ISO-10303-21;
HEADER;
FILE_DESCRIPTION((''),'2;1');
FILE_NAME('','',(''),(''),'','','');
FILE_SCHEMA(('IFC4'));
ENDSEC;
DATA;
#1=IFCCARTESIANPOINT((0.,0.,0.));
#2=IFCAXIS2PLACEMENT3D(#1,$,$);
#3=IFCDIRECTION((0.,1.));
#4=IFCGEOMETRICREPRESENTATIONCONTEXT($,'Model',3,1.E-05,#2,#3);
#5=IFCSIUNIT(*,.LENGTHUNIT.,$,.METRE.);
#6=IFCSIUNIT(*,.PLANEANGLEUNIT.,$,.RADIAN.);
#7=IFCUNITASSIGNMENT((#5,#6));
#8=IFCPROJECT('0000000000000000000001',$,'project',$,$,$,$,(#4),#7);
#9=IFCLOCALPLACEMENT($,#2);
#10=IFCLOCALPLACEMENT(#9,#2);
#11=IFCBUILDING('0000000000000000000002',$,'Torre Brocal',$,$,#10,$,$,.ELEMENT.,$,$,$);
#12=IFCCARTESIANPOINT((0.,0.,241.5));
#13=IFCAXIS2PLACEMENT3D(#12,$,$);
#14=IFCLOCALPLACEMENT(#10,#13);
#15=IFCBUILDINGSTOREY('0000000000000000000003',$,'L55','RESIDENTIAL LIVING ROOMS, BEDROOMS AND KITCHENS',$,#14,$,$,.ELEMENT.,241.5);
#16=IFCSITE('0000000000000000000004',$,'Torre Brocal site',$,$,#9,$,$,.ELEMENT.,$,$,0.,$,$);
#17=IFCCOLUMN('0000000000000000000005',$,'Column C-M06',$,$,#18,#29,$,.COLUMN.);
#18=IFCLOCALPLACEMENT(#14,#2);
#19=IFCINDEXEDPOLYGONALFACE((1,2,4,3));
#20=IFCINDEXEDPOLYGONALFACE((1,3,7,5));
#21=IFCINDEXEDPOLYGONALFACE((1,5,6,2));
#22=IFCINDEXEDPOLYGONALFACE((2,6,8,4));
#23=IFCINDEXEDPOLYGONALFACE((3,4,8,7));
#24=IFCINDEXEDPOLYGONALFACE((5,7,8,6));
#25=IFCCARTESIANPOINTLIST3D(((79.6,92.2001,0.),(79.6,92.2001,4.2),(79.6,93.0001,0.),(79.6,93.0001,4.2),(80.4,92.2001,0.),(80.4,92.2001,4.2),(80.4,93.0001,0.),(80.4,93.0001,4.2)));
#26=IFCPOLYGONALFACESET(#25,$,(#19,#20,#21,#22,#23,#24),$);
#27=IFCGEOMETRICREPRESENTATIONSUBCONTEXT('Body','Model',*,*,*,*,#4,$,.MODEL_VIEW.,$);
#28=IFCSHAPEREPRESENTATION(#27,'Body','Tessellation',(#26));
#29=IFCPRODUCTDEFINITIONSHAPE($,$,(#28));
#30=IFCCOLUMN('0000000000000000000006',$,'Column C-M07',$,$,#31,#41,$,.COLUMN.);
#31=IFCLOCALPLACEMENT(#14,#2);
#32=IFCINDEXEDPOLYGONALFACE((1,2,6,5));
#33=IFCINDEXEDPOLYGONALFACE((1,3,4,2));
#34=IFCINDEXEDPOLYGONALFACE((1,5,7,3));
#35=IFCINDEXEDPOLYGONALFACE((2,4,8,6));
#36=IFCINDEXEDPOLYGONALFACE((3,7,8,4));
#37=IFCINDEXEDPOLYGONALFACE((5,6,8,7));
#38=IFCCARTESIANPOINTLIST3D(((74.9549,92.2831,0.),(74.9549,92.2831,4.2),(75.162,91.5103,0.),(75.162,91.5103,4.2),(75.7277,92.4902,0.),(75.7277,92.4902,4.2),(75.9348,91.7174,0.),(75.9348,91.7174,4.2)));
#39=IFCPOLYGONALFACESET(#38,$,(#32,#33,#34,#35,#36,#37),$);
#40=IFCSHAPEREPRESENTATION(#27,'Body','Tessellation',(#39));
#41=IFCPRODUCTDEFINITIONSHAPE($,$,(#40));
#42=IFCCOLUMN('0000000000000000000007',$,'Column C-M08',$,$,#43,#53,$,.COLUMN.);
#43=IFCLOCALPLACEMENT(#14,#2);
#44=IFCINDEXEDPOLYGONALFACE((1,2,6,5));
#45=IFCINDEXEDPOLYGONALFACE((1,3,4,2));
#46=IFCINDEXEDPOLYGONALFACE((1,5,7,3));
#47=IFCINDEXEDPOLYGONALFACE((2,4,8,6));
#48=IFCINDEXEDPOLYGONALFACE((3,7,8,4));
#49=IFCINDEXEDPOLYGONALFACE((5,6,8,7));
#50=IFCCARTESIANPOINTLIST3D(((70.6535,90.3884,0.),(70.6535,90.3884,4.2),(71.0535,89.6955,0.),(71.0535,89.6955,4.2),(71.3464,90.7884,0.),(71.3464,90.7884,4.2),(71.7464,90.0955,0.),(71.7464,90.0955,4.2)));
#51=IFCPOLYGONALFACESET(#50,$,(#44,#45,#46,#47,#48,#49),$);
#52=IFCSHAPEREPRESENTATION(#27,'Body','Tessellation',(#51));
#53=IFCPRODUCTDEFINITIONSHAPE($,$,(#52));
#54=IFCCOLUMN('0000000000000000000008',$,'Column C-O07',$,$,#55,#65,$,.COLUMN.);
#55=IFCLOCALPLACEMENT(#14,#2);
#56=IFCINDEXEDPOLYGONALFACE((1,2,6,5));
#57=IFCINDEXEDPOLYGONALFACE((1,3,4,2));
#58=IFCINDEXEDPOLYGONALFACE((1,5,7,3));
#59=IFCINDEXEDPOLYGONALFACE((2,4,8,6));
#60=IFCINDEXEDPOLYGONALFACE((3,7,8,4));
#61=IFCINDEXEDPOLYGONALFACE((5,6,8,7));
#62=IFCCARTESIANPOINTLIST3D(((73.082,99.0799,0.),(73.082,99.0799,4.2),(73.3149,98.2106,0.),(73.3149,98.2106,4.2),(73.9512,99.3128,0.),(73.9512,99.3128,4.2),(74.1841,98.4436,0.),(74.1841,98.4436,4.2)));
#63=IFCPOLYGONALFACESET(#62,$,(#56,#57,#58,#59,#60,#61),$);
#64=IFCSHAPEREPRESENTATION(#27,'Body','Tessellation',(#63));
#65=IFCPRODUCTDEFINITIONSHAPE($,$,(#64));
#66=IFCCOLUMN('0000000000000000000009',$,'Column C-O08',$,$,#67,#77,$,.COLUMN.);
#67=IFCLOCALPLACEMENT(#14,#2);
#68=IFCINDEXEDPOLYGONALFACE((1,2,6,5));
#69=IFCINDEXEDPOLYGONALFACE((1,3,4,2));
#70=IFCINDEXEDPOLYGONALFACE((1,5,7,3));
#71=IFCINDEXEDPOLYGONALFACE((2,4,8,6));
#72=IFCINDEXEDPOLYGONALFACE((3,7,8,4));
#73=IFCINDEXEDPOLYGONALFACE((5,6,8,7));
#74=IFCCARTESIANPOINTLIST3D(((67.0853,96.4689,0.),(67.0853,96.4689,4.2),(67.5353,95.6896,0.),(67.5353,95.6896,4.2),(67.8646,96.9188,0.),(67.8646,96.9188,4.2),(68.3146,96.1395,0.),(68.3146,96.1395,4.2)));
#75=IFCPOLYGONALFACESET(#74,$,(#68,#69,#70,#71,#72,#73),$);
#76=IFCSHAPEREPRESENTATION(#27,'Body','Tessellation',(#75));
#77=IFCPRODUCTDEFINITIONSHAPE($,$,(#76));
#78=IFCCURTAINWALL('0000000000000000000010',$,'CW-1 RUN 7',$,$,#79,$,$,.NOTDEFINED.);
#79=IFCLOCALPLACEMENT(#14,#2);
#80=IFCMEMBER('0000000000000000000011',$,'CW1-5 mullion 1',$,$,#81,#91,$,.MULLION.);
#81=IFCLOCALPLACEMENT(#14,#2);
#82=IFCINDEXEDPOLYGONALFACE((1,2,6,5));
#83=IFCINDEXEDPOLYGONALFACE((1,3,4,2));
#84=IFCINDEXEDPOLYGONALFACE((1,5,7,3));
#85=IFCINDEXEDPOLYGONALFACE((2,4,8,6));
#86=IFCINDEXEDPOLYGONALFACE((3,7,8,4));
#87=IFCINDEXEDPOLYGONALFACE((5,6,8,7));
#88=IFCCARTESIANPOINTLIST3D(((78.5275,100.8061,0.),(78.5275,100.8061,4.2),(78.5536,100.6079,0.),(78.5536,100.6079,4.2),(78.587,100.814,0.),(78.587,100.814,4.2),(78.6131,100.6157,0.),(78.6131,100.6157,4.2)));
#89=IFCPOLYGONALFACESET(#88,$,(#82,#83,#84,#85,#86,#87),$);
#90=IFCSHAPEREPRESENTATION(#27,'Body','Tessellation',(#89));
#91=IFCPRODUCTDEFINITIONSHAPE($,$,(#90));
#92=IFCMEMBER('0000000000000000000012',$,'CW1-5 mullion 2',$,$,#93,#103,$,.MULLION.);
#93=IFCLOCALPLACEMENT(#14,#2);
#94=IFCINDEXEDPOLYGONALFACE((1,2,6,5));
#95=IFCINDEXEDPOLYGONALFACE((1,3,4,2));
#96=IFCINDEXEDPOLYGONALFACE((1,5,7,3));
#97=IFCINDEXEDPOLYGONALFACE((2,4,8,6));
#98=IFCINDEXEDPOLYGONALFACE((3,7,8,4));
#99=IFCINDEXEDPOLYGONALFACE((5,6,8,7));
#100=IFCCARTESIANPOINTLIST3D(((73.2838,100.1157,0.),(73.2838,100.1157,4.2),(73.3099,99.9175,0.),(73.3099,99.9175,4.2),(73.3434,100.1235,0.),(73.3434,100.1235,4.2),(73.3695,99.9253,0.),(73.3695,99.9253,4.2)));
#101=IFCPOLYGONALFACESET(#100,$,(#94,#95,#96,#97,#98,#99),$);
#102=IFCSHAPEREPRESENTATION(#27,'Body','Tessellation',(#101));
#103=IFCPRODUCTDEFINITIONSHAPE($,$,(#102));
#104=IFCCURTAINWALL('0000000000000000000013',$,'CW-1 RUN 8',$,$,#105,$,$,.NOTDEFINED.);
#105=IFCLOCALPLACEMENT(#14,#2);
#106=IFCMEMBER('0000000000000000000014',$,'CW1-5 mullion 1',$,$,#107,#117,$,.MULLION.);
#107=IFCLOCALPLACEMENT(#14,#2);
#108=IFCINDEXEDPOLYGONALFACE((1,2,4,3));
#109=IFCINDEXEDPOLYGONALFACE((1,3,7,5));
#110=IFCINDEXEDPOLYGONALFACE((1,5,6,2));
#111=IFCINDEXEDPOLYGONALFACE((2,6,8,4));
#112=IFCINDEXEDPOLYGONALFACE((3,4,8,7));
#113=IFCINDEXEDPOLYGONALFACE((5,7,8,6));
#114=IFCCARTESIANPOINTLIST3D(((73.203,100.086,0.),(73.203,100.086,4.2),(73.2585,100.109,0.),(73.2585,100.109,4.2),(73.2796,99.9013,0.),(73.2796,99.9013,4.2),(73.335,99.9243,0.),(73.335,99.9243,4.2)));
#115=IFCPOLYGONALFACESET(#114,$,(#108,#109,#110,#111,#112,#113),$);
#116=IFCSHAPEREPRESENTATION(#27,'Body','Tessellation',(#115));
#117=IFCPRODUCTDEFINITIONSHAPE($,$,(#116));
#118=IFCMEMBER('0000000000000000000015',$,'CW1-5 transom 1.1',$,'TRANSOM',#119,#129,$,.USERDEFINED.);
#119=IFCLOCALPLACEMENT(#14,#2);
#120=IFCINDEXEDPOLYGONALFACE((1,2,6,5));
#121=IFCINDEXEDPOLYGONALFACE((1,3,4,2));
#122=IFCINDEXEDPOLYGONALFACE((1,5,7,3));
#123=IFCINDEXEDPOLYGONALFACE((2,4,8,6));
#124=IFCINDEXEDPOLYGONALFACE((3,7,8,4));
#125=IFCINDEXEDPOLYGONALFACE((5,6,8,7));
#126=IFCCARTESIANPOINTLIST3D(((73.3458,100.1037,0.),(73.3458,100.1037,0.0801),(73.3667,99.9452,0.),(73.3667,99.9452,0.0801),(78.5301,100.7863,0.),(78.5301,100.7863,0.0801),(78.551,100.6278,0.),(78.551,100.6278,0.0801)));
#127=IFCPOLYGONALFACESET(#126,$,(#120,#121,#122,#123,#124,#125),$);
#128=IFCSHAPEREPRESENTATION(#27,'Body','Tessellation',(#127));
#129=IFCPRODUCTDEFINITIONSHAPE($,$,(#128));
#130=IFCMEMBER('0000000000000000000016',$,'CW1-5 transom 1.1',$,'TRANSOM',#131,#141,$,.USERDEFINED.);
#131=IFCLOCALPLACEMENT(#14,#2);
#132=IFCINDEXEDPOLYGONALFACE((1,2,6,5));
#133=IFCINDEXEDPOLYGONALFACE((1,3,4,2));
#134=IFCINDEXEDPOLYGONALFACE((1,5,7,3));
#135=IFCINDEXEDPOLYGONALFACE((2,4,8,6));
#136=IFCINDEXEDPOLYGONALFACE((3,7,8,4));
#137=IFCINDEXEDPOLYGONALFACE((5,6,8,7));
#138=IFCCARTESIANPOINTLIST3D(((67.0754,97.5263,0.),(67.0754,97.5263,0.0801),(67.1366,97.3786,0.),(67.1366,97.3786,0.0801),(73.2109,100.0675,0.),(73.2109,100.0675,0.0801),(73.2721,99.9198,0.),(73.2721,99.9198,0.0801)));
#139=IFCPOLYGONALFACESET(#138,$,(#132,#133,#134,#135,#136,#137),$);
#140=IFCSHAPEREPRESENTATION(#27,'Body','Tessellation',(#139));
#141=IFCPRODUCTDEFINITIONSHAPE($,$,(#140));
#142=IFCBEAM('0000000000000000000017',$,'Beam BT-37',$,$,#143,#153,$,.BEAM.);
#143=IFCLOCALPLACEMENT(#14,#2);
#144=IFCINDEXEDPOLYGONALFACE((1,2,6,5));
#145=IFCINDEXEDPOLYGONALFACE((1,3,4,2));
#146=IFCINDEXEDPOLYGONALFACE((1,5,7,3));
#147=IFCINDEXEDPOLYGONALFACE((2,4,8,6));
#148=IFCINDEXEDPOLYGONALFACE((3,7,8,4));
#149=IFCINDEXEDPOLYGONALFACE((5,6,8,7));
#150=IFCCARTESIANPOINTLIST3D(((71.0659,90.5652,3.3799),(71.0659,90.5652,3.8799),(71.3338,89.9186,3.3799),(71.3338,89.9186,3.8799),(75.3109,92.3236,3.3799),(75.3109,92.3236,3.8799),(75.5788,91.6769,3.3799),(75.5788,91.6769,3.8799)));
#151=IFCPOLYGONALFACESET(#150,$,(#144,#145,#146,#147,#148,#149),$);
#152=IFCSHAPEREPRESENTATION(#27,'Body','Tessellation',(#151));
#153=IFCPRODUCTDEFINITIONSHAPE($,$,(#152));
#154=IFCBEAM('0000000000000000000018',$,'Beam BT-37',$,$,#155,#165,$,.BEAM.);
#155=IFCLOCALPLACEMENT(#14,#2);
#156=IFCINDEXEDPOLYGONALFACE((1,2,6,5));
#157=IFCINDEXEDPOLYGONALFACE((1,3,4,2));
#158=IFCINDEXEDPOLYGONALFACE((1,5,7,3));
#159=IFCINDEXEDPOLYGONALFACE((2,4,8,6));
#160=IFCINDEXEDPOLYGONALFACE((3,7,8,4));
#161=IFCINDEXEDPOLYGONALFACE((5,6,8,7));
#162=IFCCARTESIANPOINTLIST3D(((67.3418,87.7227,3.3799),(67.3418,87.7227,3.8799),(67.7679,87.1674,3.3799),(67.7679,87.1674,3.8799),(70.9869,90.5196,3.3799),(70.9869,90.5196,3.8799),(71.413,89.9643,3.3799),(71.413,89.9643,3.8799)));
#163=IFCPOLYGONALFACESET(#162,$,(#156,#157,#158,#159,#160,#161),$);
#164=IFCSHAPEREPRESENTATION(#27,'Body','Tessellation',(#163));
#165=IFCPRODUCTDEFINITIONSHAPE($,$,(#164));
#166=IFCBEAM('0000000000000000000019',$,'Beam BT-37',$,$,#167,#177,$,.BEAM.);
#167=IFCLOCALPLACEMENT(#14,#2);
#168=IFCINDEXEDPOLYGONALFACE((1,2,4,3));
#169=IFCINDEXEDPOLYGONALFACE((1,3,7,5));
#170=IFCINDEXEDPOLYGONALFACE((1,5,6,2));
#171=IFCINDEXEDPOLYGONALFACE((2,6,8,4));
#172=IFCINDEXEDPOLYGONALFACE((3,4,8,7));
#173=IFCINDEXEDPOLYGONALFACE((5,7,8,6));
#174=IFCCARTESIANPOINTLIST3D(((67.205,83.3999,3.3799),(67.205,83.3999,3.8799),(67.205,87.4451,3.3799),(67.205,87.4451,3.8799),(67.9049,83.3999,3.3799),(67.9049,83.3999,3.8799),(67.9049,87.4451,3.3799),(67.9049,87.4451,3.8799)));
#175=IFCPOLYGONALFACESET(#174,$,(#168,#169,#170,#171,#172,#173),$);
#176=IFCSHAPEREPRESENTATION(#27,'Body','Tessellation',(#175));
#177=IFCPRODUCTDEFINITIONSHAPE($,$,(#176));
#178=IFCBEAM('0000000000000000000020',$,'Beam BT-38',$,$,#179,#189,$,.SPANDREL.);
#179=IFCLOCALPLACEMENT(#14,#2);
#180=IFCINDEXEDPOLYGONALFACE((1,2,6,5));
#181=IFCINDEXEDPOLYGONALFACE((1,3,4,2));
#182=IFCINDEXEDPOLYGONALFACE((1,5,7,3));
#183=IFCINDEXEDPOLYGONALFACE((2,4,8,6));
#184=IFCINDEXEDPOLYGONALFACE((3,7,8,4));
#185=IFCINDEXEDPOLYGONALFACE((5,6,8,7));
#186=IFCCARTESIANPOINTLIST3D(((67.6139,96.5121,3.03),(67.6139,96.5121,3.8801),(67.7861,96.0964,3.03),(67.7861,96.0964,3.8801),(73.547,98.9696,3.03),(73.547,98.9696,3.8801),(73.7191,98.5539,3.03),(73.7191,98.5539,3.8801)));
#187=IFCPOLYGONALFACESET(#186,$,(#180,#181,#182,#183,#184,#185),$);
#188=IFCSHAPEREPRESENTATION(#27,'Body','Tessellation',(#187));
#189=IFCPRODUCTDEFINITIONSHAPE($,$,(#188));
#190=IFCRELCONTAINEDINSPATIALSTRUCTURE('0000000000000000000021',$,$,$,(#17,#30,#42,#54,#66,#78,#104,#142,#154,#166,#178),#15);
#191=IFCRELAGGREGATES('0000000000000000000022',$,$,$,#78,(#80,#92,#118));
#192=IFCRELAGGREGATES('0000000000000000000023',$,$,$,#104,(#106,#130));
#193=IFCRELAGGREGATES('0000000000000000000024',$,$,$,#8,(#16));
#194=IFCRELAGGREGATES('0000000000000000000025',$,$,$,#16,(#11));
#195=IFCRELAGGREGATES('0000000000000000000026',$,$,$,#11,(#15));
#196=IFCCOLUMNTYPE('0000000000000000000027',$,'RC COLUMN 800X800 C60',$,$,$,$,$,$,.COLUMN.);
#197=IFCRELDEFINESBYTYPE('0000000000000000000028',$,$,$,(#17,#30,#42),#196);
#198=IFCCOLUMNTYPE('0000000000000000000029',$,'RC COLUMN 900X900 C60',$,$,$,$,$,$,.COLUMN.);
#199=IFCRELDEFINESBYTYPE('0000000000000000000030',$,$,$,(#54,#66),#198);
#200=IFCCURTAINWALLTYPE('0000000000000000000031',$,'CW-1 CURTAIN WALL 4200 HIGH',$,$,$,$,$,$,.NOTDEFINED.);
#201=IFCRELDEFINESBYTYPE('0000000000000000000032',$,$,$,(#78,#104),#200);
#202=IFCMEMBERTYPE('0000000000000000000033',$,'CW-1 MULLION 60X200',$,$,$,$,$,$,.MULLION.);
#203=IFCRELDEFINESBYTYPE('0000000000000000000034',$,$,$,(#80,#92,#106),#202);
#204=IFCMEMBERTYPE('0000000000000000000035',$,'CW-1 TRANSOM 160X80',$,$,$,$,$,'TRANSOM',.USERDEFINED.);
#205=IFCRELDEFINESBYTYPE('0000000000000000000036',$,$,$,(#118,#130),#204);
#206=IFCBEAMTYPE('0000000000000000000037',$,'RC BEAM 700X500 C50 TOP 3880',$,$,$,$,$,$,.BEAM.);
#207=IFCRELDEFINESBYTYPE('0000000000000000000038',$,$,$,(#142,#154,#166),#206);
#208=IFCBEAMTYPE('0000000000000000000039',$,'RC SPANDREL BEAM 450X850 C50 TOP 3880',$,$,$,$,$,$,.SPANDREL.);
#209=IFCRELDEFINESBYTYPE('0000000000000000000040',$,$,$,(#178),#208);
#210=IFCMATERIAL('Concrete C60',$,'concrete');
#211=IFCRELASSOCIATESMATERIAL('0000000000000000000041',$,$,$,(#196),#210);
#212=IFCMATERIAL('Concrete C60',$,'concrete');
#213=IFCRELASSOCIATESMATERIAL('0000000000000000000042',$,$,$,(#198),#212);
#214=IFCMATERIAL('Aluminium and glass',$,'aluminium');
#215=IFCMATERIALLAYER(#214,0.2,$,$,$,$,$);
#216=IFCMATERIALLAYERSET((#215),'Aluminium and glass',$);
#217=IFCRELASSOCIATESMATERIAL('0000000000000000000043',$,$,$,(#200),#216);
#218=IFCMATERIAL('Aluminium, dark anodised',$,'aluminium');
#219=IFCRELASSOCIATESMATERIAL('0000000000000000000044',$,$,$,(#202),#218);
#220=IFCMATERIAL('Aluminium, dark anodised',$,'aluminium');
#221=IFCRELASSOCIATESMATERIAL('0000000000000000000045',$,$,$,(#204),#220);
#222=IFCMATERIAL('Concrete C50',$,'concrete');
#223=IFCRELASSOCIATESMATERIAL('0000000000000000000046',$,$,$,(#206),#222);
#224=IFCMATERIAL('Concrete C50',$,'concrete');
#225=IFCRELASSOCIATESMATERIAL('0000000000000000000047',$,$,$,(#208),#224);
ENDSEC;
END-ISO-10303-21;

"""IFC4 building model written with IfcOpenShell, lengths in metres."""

from ifc_helpers import new_model, si_unit, direction, frame, origin, origin_2d, place, context, subcontext, project, spatial, rectangle, extrude, material, layer, layer_set, material_profile, profile_set, type_object, element, aggregate, save


model = new_model("IFC4")

# Units and contexts
model_context = context("Model", 3, precision=1e-05, world=origin(), true_north=direction((0.0, 1.0)))
body_context = subcontext(model_context, "Body", "Model", "MODEL_VIEW")
ifc_project = project(units=[si_unit("LENGTHUNIT", "METRE"), si_unit("PLANEANGLEUNIT", "RADIAN")], contexts=[model_context])

# Site, building, storey
site_placement = place(None, origin())
site = spatial("IfcSite", under=ifc_project, at=site_placement, Name="Torre Brocal site", CompositionType="ELEMENT", RefElevation=0.0)
building_placement = place(site_placement, origin())
building = spatial("IfcBuilding", under=site, at=building_placement, Name="Torre Brocal", CompositionType="ELEMENT")
storey_placement = place(building_placement, frame((0.0, 0.0, 241.5)))
storey = spatial("IfcBuildingStorey", under=building, at=storey_placement, Name="L55", Description="RESIDENTIAL LIVING ROOMS, BEDROOMS AND KITCHENS", CompositionType="ELEMENT", Elevation=241.5)

# Columns
ifc_material_1 = material(Name="Concrete C60", Category="concrete")
ifc_material_profile_1 = material_profile(ifc_material_1, rectangle(XDim=0.8, YDim=0.8, at=origin_2d()), Name="RC 800X800")
ifc_profile_set_1 = profile_set([ifc_material_profile_1], Name="Concrete C60")
column_type_1 = type_object("IfcColumnType", Name="RC COLUMN 800X800 C60", PredefinedType="COLUMN", material=ifc_profile_set_1)
for number, where, z_axis, x_axis, name in (
    (1, (80.0, 92.6001, 0.0), (0.0, 0.0, 1.0), (0.0, 1.0, 0.0), "Column C-M06"),
    (2, (75.4448, 92.0002, 0.0), (0.0, 0.0, 1.0), (-0.258819, 0.965926, 0.0), "Column C-M07"),
    (3, (71.2, 90.2419, 0.0), (0.0, 0.0, 1.0), (-0.5, 0.866025, 0.0), "Column C-M08"),
):
    element("IfcColumn", number, at=place(storey_placement, frame(where, z_axis=z_axis, x_axis=x_axis)), inside=storey, type_object=column_type_1, Name=name, PredefinedType="COLUMN", context=body_context, shape_type="SweptSolid", body=[
        extrude(rectangle(XDim=0.8, YDim=0.8, at=origin_2d()), origin(), (0.0, 0.0, 1.0), 4.2),
    ])
ifc_material_2 = material(Name="Concrete C60", Category="concrete")
ifc_material_profile_2 = material_profile(ifc_material_2, rectangle(XDim=0.8999, YDim=0.8999, at=origin_2d()), Name="RC 900X900")
ifc_profile_set_2 = profile_set([ifc_material_profile_2], Name="Concrete C60")
column_type_2 = type_object("IfcColumnType", Name="RC COLUMN 900X900 C60", PredefinedType="COLUMN", material=ifc_profile_set_2)
for number, where, z_axis, x_axis, name in (
    (4, (73.6331, 98.7617, 0.0), (0.0, 0.0, 1.0), (-0.258819, 0.965926, 0.0), "Column C-O07"),
    (5, (67.7, 96.3042, 0.0), (0.0, 0.0, 1.0), (-0.5, 0.866025, 0.0), "Column C-O08"),
):
    element("IfcColumn", number, at=place(storey_placement, frame(where, z_axis=z_axis, x_axis=x_axis)), inside=storey, type_object=column_type_2, Name=name, PredefinedType="COLUMN", context=body_context, shape_type="SweptSolid", body=[
        extrude(rectangle(XDim=0.8999, YDim=0.8999, at=origin_2d()), origin(), (0.0, 0.0, 1.0), 4.2),
    ])

# Curtain wall, members
ifc_material_3 = material(Name="Aluminium and glass", Category="aluminium")
ifc_layer_1 = layer(ifc_material_3, 0.2)
ifc_layer_set_1 = layer_set([ifc_layer_1], Name="Aluminium and glass")
curtain_wall_type = type_object("IfcCurtainWallType", Name="CW-1 CURTAIN WALL 4200 HIGH", PredefinedType="NOTDEFINED", material=ifc_layer_set_1)
curtain_wall_1_placement = place(storey_placement, origin())
curtain_wall_1 = element("IfcCurtainWall", 6, at=curtain_wall_1_placement, inside=storey, type_object=curtain_wall_type, Name="CW-1 RUN 7", PredefinedType="NOTDEFINED")
ifc_material_4 = material(Name="Aluminium, dark anodised", Category="aluminium")
ifc_material_profile_3 = material_profile(ifc_material_4, rectangle(XDim=0.2, YDim=0.0601, at=origin_2d()), Name="CW-1 MULLION 60X200")
ifc_profile_set_3 = profile_set([ifc_material_profile_3], Name="Aluminium, dark anodised")
member_type_1 = type_object("IfcMemberType", Name="CW-1 MULLION 60X200", PredefinedType="MULLION", material=ifc_profile_set_3)
member_1_placement = place(storey_placement, frame((78.5703, 100.7109, 0.0), z_axis=(0.0, 0.0, 1.0), x_axis=(0.130526, -0.991445, 0.0)))
member_1 = element("IfcMember", 7, at=member_1_placement, type_object=member_type_1, Name="CW1-5 mullion 1", PredefinedType="MULLION", context=body_context, shape_type="SweptSolid", body=[
    extrude(rectangle(XDim=0.2, YDim=0.0601, at=origin_2d()), origin(), (0.0, 0.0, 1.0), 4.2),
])
member_2_placement = place(storey_placement, frame((73.3267, 100.0205, 0.0), z_axis=(0.0, 0.0, 1.0), x_axis=(0.130526, -0.991445, 0.0)))
member_2 = element("IfcMember", 8, at=member_2_placement, type_object=member_type_1, Name="CW1-5 mullion 2", PredefinedType="MULLION", context=body_context, shape_type="SweptSolid", body=[
    extrude(rectangle(XDim=0.2, YDim=0.0601, at=origin_2d()), origin(), (0.0, 0.0, 1.0), 4.2),
])

# Curtain wall, member
curtain_wall_2_placement = place(storey_placement, origin())
curtain_wall_2 = element("IfcCurtainWall", 9, at=curtain_wall_2_placement, inside=storey, type_object=curtain_wall_type, Name="CW-1 RUN 8", PredefinedType="NOTDEFINED")
member_3_placement = place(storey_placement, frame((73.269, 100.0051, 0.0), z_axis=(0.0, 0.0, 1.0), x_axis=(0.382683, -0.92388, 0.0)))
member_3 = element("IfcMember", 10, at=member_3_placement, type_object=member_type_1, Name="CW1-5 mullion 1", PredefinedType="MULLION", context=body_context, shape_type="SweptSolid", body=[
    extrude(rectangle(XDim=0.2, YDim=0.0601, at=origin_2d()), origin(), (0.0, 0.0, 1.0), 4.2),
])

# Members
ifc_material_5 = material(Name="Aluminium, dark anodised", Category="aluminium")
ifc_material_profile_4 = material_profile(ifc_material_5, rectangle(XDim=0.1599, YDim=0.0801, at=origin_2d()), Name="CW-1 TRANSOM 160X80")
ifc_profile_set_4 = profile_set([ifc_material_profile_4], Name="Aluminium, dark anodised")
member_type_2 = type_object("IfcMemberType", Name="CW-1 TRANSOM 160X80", ElementType="TRANSOM", PredefinedType="USERDEFINED", material=ifc_profile_set_4)
member_4_placement = place(storey_placement, frame((78.5405, 100.707, 0.04), z_axis=(-0.991443, -0.130543, 0.0), x_axis=(0.130543, -0.991443, 0.0)))
member_4 = element("IfcMember", 11, at=member_4_placement, type_object=member_type_2, Name="CW1-5 transom 1.1", ObjectType="TRANSOM", PredefinedType="USERDEFINED", context=body_context, shape_type="SweptSolid", body=[
    extrude(rectangle(XDim=0.1599, YDim=0.0801, at=origin_2d()), origin(), (0.0, 0.0, 1.0), 5.229),
])
member_5_placement = place(storey_placement, frame((73.2415, 99.9937, 0.04), z_axis=(-0.923887, -0.382665, 0.0), x_axis=(0.382665, -0.923887, 0.0)))
member_5 = element("IfcMember", 12, at=member_5_placement, type_object=member_type_2, Name="CW1-5 transom 1.1", ObjectType="TRANSOM", PredefinedType="USERDEFINED", context=body_context, shape_type="SweptSolid", body=[
    extrude(rectangle(XDim=0.1599, YDim=0.0801, at=origin_2d()), origin(), (0.0, 0.0, 1.0), 6.6409),
])

# Beams
ifc_material_6 = material(Name="Concrete C50", Category="concrete")
ifc_material_profile_5 = material_profile(ifc_material_6, rectangle(XDim=0.7, YDim=0.5, at=origin_2d()), Name="RC 700X500")
ifc_profile_set_5 = profile_set([ifc_material_profile_5], Name="Concrete C50")
beam_type_1 = type_object("IfcBeamType", Name="RC BEAM 700X500 C50 TOP 3880", PredefinedType="BEAM", material=ifc_profile_set_5)
beam_1_placement = place(storey_placement, frame((75.4448, 92.0002, 3.6299), z_axis=(-0.923878, -0.382687, 0.0), x_axis=(0.382687, -0.923878, 0.0)))
element("IfcBeam", 13, at=beam_1_placement, inside=storey, type_object=beam_type_1, Name="Beam BT-37", PredefinedType="BEAM", context=body_context, shape_type="SweptSolid", body=[
    extrude(rectangle(XDim=0.7, YDim=0.5, at=origin_2d()), origin(), (0.0, 0.0, 1.0), 4.5947),
])
beam_2_placement = place(storey_placement, frame((71.2, 90.2419, 3.6299), z_axis=(-0.793358, -0.608755, 0.0), x_axis=(0.608755, -0.793358, 0.0)))
element("IfcBeam", 14, at=beam_2_placement, inside=storey, type_object=beam_type_1, Name="Beam BT-37", PredefinedType="BEAM", context=body_context, shape_type="SweptSolid", body=[
    extrude(rectangle(XDim=0.7, YDim=0.5, at=origin_2d()), origin(), (0.0, 0.0, 1.0), 4.5945),
])
beam_3_placement = place(storey_placement, frame((67.5549, 87.4451, 3.6299), z_axis=(0.0, -1.0, 0.0), x_axis=(1.0, 0.0, 0.0)))
element("IfcBeam", 15, at=beam_3_placement, inside=storey, type_object=beam_type_1, Name="Beam BT-37", PredefinedType="BEAM", context=body_context, shape_type="SweptSolid", body=[
    extrude(rectangle(XDim=0.7, YDim=0.5, at=origin_2d()), origin(), (0.0, 0.0, 1.0), 4.0452),
])
ifc_material_7 = material(Name="Concrete C50", Category="concrete")
ifc_material_profile_6 = material_profile(ifc_material_7, rectangle(XDim=0.45, YDim=0.8501, at=origin_2d()), Name="RC 450X850")
ifc_profile_set_6 = profile_set([ifc_material_profile_6], Name="Concrete C50")
beam_type_2 = type_object("IfcBeamType", Name="RC SPANDREL BEAM 450X850 C50 TOP 3880", PredefinedType="SPANDREL", material=ifc_profile_set_6)
beam_4_placement = place(storey_placement, frame((73.6331, 98.7617, 3.4551), z_axis=(-0.923882, -0.382676, 0.0), x_axis=(0.382676, -0.923882, 0.0)))
element("IfcBeam", 16, at=beam_4_placement, inside=storey, type_object=beam_type_2, Name="Beam BT-38", PredefinedType="SPANDREL", context=body_context, shape_type="SweptSolid", body=[
    extrude(rectangle(XDim=0.45, YDim=0.8501, at=origin_2d()), origin(), (0.0, 0.0, 1.0), 6.4219),
])

aggregate(curtain_wall_1, [member_1, member_2, member_4])
aggregate(curtain_wall_2, [member_3, member_5])

save(model, "model.ifc")
